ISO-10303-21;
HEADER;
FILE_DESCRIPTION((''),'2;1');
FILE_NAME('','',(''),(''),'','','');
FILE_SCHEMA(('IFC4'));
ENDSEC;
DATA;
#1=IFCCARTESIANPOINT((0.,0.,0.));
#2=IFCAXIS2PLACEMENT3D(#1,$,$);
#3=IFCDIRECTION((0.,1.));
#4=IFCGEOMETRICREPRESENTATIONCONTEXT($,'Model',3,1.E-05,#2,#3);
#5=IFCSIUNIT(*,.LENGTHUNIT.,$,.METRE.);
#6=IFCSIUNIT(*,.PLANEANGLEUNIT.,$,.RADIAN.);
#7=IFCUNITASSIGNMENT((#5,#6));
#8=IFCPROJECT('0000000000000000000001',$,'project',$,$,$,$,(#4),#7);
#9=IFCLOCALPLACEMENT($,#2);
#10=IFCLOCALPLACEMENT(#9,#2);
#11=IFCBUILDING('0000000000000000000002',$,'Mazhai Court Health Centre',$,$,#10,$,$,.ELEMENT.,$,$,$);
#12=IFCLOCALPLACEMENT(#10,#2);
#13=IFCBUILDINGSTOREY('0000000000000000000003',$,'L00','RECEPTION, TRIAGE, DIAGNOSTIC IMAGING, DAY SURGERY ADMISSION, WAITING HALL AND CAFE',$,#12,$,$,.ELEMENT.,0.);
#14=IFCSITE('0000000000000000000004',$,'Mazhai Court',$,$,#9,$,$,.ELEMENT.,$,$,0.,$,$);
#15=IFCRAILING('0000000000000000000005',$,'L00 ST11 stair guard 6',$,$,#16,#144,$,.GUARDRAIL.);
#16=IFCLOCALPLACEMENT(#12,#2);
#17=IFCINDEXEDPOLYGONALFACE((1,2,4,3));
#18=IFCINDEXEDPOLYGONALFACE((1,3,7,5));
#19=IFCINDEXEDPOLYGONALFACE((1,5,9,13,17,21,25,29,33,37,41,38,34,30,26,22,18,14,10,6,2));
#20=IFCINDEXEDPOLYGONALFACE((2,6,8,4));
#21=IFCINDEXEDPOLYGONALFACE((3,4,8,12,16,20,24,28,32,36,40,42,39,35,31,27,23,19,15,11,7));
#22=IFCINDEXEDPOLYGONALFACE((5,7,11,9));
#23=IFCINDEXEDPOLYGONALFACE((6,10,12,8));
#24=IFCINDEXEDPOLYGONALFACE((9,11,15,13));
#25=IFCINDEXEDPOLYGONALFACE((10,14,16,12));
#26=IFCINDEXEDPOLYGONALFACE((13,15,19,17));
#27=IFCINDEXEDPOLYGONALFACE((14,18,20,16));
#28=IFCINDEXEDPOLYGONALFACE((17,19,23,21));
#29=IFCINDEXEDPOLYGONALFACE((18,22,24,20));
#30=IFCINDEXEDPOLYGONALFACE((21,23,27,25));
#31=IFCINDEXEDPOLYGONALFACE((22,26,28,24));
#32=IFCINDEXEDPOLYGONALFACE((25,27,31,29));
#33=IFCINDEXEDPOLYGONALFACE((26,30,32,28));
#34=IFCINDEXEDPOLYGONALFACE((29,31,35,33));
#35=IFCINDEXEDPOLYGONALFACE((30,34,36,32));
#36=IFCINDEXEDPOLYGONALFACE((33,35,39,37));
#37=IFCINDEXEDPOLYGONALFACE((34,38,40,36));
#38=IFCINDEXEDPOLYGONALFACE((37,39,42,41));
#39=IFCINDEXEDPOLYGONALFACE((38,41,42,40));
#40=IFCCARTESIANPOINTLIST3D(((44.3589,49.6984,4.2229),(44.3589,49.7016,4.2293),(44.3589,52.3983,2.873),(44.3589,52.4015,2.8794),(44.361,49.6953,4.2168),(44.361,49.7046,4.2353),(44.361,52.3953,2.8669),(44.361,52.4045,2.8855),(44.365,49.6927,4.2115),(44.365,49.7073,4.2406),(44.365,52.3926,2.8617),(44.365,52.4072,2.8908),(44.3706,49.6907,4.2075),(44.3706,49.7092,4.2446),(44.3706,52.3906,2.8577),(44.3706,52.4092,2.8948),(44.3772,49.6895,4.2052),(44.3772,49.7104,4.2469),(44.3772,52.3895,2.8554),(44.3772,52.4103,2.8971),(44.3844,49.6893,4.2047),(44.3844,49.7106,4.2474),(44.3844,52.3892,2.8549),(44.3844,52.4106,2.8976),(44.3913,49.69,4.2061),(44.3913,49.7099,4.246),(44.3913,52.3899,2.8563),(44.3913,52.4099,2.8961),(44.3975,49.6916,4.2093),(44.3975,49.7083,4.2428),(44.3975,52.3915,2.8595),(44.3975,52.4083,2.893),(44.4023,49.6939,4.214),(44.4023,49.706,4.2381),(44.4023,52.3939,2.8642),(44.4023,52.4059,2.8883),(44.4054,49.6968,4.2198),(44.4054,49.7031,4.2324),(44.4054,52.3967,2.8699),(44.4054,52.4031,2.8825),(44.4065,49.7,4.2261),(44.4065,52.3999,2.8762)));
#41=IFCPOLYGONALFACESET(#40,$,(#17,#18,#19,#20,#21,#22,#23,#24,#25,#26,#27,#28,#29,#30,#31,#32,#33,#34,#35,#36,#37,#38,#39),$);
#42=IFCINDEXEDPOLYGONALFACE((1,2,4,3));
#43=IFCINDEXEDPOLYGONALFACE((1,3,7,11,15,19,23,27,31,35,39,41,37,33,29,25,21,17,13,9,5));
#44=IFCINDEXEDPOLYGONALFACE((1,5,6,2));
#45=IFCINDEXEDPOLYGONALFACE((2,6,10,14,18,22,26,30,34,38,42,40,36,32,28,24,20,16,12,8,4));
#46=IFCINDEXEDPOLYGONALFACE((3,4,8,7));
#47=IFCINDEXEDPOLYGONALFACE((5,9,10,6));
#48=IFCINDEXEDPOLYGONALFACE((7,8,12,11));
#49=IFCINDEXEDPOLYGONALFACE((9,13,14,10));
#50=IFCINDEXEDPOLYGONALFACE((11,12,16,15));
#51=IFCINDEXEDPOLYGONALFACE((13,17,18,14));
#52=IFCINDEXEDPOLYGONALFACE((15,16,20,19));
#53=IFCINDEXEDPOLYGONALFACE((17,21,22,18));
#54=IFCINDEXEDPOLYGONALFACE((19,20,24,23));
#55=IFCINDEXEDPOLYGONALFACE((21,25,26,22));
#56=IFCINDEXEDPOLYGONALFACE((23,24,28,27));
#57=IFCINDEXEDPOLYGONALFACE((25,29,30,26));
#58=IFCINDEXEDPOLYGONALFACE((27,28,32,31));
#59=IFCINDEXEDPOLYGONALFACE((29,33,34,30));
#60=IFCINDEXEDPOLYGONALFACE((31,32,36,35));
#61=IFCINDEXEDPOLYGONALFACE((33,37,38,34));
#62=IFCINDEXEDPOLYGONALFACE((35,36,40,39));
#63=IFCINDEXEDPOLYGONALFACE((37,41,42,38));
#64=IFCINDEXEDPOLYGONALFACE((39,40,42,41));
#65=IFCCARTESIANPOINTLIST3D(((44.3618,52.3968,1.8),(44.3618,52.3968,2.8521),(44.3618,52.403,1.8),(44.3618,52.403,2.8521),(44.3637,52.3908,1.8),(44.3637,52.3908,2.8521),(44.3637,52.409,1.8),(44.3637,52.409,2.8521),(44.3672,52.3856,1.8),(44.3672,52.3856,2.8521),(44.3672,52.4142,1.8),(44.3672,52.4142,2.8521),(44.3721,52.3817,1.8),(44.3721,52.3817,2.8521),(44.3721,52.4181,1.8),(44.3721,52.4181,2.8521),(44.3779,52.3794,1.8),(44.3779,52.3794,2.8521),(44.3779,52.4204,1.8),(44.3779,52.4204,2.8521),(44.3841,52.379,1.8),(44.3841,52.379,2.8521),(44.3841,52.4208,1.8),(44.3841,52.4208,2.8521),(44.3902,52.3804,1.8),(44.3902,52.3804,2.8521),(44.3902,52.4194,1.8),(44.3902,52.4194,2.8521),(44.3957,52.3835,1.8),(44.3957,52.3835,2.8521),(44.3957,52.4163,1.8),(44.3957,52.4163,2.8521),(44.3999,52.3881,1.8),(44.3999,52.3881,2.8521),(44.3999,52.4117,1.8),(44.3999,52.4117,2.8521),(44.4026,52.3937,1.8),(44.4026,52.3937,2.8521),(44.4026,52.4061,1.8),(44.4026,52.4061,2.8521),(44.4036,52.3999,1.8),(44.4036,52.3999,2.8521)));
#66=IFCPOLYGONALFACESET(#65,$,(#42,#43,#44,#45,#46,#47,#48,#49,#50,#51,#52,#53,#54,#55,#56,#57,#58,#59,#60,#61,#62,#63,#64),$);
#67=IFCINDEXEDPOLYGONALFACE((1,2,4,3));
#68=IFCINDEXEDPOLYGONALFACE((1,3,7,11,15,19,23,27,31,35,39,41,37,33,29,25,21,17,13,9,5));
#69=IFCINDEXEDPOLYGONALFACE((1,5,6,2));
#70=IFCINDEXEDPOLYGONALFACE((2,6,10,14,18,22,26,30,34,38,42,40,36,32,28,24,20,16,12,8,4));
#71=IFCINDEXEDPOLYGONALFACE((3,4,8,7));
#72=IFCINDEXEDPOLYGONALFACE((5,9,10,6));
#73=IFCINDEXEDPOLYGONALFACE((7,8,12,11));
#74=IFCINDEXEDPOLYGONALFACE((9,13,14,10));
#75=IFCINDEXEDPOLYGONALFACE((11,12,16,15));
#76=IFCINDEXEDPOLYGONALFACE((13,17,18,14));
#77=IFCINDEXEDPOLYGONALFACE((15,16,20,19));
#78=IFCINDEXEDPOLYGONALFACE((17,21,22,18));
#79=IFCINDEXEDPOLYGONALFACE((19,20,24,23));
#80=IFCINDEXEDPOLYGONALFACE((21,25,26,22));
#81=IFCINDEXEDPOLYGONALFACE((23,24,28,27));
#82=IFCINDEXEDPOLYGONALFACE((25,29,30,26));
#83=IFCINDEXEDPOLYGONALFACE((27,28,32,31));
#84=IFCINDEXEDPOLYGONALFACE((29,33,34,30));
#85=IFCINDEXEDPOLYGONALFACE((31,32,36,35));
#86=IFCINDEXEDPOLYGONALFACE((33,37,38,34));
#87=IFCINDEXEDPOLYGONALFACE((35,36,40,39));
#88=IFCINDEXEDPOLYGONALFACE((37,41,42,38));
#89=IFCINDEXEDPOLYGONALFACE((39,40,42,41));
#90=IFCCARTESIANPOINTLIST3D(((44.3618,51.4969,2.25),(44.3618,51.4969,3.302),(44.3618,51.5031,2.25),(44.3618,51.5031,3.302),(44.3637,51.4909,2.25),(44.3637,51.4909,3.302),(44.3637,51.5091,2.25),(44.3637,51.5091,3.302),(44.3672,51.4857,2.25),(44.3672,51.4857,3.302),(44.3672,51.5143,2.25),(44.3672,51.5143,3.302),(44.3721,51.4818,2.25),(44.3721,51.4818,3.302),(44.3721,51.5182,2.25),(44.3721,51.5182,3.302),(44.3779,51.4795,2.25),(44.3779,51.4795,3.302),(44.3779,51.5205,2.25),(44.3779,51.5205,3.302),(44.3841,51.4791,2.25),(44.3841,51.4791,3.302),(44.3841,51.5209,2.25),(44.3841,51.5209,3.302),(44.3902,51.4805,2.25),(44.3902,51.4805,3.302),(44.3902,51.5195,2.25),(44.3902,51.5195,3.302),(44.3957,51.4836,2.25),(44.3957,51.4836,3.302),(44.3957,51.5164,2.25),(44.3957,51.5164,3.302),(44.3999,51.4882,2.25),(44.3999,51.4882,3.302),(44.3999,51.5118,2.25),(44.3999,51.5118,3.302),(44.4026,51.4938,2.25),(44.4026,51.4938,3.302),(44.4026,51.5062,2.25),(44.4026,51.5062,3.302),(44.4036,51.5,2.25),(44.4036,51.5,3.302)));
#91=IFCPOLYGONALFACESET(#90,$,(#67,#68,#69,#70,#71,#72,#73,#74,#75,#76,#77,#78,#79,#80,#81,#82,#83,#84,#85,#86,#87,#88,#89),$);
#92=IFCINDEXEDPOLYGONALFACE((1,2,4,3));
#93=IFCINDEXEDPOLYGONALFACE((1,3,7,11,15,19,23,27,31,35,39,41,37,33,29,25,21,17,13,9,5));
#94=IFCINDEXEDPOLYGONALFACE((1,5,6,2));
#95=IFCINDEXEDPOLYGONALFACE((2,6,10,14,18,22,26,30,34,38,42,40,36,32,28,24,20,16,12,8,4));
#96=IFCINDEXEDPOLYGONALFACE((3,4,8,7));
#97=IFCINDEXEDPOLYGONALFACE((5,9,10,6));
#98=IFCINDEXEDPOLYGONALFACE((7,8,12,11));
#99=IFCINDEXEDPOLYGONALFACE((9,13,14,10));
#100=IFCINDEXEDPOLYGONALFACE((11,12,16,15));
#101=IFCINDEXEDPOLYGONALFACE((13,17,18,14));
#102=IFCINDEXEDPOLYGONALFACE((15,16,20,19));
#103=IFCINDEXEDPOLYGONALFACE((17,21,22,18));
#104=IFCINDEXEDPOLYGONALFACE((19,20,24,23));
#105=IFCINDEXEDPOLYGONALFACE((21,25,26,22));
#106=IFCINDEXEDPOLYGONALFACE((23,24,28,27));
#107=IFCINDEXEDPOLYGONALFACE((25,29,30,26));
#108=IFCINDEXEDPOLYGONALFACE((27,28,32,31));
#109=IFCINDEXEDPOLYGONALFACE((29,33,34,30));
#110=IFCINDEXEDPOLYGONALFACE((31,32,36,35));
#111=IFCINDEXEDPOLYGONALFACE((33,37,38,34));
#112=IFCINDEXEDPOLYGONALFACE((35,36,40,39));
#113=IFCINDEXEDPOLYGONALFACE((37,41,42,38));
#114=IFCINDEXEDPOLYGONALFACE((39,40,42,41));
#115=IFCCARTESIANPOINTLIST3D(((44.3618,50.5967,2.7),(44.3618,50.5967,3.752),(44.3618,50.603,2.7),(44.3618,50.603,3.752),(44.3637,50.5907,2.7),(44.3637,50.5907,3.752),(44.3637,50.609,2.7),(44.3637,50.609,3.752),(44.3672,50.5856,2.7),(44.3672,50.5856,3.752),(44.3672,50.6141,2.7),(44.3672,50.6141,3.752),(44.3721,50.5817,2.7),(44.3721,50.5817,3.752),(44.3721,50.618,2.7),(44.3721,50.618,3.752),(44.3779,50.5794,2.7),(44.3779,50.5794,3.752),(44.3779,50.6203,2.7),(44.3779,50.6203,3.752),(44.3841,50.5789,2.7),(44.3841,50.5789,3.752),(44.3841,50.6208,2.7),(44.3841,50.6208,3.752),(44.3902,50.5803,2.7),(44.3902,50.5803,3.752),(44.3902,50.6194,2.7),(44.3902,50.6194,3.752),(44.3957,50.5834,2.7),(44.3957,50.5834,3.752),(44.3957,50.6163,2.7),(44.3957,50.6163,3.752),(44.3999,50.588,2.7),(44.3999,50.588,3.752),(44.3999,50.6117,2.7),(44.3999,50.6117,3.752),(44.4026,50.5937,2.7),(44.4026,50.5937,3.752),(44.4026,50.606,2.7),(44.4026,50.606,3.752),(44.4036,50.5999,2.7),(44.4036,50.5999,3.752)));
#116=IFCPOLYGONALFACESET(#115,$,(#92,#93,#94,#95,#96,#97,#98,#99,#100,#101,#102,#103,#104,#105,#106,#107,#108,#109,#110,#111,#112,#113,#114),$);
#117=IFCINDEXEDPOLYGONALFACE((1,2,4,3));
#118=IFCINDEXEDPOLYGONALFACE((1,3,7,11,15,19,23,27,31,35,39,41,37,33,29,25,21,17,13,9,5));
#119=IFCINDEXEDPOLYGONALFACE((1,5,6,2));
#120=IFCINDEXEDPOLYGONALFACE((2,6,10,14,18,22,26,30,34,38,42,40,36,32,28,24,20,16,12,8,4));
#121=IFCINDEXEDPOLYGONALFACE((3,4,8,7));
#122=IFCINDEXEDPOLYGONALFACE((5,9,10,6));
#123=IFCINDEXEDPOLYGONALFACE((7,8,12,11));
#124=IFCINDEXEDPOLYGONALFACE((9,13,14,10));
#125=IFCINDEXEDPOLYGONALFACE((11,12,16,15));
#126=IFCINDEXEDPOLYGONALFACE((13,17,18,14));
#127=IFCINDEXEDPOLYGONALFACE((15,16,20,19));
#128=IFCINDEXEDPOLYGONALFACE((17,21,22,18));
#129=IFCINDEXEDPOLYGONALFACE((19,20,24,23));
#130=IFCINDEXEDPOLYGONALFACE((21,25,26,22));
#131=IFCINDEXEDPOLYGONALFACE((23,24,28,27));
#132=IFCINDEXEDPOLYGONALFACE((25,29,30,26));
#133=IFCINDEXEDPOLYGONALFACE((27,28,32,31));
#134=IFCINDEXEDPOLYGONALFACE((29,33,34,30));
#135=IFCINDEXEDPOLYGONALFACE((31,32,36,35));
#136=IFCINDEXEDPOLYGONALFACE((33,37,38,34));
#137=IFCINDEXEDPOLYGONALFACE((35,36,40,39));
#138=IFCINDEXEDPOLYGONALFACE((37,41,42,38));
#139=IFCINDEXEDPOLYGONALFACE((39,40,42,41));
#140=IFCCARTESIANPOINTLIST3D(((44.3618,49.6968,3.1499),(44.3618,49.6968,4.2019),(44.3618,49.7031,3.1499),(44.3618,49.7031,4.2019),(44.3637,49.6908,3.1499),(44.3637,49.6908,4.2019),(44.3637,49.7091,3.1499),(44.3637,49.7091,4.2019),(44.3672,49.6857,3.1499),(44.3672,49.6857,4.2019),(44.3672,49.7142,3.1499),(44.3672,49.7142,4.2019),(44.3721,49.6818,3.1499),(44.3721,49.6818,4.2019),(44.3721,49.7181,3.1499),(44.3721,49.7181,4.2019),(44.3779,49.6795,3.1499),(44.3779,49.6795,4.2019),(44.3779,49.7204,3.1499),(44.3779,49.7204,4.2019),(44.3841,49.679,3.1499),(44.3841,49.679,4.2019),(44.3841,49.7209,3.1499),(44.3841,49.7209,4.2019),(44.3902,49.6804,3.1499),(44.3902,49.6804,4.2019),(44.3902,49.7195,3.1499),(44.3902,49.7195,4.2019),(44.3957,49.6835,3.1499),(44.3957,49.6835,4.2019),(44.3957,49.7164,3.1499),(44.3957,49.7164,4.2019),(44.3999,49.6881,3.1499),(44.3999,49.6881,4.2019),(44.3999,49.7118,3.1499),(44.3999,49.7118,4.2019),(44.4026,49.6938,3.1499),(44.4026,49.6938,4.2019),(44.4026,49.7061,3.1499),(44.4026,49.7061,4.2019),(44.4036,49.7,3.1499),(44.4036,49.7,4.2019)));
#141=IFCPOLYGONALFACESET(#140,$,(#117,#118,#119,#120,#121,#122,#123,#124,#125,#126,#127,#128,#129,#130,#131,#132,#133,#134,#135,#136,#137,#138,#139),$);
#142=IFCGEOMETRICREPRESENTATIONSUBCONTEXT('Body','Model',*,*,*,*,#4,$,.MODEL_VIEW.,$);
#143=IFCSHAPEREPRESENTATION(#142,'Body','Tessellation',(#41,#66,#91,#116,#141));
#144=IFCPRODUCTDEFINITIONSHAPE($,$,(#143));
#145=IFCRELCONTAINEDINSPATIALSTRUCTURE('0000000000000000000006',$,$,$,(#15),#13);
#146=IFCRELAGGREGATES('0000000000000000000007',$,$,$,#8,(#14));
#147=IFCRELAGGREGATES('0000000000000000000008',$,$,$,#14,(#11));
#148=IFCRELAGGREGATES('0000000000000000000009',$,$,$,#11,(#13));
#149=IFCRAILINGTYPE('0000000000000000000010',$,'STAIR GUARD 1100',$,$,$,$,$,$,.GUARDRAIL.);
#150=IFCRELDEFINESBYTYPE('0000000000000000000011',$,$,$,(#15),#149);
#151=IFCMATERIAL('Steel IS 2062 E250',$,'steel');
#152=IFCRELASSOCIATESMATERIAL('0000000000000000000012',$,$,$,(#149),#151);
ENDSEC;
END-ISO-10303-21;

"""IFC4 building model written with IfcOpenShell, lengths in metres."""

from ifc_helpers import new_model, si_unit, direction, frame, origin, origin_2d, place, context, subcontext, project, spatial, circle, extrude, material, type_object, element, save


model = new_model("IFC4")

# Units and contexts
model_context = context("Model", 3, precision=1e-05, world=origin(), true_north=direction((0.0, 1.0)))
body_context = subcontext(model_context, "Body", "Model", "MODEL_VIEW")
ifc_project = project(units=[si_unit("LENGTHUNIT", "METRE"), si_unit("PLANEANGLEUNIT", "RADIAN")], contexts=[model_context])

# Site, building, storey
site_placement = place(None, origin())
site = spatial("IfcSite", under=ifc_project, at=site_placement, Name="Mazhai Court", CompositionType="ELEMENT", RefElevation=0.0)
building_placement = place(site_placement, origin())
building = spatial("IfcBuilding", under=site, at=building_placement, Name="Mazhai Court Health Centre", CompositionType="ELEMENT")
storey_placement = place(building_placement, origin())
storey = spatial("IfcBuildingStorey", under=building, at=storey_placement, Name="L00", Description="RECEPTION, TRIAGE, DIAGNOSTIC IMAGING, DAY SURGERY ADMISSION, WAITING HALL AND CAFE", CompositionType="ELEMENT", Elevation=0.0)

# Railing
ifc_material_1 = material(Name="Steel IS 2062 E250", Category="steel")
railing_type_1 = type_object("IfcRailingType", Name="STAIR GUARD 1100", PredefinedType="GUARDRAIL", material=ifc_material_1)
railing_1_placement = place(storey_placement, frame((44.3826, 52.3999, 1.8)))
element("IfcRailing", 1, at=railing_1_placement, inside=storey, type_object=railing_type_1, Name="L00 ST11 stair guard 6", PredefinedType="GUARDRAIL", context=body_context, shape_type="SweptSolid", body=[
    extrude(circle(Radius=0.0239, at=origin_2d()), frame((0.0, 0.0, 1.0762), z_axis=(0.0, -0.894443, 0.447181), x_axis=(1.0, 0.0, 0.0)), (0.0, 0.0, 1.0), 3.0186),
    extrude(circle(Radius=0.021, at=origin_2d()), origin(), (0.0, 0.0, 1.0), 1.052),
    extrude(circle(Radius=0.021, at=origin_2d()), frame((0.0, -0.8999, 0.45)), (0.0, 0.0, 1.0), 1.052),
    extrude(circle(Radius=0.021, at=origin_2d()), frame((0.0, -1.8, 0.8999)), (0.0, 0.0, 1.0), 1.052),
    extrude(circle(Radius=0.021, at=origin_2d()), frame((0.0, -2.7, 1.3499)), (0.0, 0.0, 1.0), 1.052),
])

save(model, "model.ifc")
